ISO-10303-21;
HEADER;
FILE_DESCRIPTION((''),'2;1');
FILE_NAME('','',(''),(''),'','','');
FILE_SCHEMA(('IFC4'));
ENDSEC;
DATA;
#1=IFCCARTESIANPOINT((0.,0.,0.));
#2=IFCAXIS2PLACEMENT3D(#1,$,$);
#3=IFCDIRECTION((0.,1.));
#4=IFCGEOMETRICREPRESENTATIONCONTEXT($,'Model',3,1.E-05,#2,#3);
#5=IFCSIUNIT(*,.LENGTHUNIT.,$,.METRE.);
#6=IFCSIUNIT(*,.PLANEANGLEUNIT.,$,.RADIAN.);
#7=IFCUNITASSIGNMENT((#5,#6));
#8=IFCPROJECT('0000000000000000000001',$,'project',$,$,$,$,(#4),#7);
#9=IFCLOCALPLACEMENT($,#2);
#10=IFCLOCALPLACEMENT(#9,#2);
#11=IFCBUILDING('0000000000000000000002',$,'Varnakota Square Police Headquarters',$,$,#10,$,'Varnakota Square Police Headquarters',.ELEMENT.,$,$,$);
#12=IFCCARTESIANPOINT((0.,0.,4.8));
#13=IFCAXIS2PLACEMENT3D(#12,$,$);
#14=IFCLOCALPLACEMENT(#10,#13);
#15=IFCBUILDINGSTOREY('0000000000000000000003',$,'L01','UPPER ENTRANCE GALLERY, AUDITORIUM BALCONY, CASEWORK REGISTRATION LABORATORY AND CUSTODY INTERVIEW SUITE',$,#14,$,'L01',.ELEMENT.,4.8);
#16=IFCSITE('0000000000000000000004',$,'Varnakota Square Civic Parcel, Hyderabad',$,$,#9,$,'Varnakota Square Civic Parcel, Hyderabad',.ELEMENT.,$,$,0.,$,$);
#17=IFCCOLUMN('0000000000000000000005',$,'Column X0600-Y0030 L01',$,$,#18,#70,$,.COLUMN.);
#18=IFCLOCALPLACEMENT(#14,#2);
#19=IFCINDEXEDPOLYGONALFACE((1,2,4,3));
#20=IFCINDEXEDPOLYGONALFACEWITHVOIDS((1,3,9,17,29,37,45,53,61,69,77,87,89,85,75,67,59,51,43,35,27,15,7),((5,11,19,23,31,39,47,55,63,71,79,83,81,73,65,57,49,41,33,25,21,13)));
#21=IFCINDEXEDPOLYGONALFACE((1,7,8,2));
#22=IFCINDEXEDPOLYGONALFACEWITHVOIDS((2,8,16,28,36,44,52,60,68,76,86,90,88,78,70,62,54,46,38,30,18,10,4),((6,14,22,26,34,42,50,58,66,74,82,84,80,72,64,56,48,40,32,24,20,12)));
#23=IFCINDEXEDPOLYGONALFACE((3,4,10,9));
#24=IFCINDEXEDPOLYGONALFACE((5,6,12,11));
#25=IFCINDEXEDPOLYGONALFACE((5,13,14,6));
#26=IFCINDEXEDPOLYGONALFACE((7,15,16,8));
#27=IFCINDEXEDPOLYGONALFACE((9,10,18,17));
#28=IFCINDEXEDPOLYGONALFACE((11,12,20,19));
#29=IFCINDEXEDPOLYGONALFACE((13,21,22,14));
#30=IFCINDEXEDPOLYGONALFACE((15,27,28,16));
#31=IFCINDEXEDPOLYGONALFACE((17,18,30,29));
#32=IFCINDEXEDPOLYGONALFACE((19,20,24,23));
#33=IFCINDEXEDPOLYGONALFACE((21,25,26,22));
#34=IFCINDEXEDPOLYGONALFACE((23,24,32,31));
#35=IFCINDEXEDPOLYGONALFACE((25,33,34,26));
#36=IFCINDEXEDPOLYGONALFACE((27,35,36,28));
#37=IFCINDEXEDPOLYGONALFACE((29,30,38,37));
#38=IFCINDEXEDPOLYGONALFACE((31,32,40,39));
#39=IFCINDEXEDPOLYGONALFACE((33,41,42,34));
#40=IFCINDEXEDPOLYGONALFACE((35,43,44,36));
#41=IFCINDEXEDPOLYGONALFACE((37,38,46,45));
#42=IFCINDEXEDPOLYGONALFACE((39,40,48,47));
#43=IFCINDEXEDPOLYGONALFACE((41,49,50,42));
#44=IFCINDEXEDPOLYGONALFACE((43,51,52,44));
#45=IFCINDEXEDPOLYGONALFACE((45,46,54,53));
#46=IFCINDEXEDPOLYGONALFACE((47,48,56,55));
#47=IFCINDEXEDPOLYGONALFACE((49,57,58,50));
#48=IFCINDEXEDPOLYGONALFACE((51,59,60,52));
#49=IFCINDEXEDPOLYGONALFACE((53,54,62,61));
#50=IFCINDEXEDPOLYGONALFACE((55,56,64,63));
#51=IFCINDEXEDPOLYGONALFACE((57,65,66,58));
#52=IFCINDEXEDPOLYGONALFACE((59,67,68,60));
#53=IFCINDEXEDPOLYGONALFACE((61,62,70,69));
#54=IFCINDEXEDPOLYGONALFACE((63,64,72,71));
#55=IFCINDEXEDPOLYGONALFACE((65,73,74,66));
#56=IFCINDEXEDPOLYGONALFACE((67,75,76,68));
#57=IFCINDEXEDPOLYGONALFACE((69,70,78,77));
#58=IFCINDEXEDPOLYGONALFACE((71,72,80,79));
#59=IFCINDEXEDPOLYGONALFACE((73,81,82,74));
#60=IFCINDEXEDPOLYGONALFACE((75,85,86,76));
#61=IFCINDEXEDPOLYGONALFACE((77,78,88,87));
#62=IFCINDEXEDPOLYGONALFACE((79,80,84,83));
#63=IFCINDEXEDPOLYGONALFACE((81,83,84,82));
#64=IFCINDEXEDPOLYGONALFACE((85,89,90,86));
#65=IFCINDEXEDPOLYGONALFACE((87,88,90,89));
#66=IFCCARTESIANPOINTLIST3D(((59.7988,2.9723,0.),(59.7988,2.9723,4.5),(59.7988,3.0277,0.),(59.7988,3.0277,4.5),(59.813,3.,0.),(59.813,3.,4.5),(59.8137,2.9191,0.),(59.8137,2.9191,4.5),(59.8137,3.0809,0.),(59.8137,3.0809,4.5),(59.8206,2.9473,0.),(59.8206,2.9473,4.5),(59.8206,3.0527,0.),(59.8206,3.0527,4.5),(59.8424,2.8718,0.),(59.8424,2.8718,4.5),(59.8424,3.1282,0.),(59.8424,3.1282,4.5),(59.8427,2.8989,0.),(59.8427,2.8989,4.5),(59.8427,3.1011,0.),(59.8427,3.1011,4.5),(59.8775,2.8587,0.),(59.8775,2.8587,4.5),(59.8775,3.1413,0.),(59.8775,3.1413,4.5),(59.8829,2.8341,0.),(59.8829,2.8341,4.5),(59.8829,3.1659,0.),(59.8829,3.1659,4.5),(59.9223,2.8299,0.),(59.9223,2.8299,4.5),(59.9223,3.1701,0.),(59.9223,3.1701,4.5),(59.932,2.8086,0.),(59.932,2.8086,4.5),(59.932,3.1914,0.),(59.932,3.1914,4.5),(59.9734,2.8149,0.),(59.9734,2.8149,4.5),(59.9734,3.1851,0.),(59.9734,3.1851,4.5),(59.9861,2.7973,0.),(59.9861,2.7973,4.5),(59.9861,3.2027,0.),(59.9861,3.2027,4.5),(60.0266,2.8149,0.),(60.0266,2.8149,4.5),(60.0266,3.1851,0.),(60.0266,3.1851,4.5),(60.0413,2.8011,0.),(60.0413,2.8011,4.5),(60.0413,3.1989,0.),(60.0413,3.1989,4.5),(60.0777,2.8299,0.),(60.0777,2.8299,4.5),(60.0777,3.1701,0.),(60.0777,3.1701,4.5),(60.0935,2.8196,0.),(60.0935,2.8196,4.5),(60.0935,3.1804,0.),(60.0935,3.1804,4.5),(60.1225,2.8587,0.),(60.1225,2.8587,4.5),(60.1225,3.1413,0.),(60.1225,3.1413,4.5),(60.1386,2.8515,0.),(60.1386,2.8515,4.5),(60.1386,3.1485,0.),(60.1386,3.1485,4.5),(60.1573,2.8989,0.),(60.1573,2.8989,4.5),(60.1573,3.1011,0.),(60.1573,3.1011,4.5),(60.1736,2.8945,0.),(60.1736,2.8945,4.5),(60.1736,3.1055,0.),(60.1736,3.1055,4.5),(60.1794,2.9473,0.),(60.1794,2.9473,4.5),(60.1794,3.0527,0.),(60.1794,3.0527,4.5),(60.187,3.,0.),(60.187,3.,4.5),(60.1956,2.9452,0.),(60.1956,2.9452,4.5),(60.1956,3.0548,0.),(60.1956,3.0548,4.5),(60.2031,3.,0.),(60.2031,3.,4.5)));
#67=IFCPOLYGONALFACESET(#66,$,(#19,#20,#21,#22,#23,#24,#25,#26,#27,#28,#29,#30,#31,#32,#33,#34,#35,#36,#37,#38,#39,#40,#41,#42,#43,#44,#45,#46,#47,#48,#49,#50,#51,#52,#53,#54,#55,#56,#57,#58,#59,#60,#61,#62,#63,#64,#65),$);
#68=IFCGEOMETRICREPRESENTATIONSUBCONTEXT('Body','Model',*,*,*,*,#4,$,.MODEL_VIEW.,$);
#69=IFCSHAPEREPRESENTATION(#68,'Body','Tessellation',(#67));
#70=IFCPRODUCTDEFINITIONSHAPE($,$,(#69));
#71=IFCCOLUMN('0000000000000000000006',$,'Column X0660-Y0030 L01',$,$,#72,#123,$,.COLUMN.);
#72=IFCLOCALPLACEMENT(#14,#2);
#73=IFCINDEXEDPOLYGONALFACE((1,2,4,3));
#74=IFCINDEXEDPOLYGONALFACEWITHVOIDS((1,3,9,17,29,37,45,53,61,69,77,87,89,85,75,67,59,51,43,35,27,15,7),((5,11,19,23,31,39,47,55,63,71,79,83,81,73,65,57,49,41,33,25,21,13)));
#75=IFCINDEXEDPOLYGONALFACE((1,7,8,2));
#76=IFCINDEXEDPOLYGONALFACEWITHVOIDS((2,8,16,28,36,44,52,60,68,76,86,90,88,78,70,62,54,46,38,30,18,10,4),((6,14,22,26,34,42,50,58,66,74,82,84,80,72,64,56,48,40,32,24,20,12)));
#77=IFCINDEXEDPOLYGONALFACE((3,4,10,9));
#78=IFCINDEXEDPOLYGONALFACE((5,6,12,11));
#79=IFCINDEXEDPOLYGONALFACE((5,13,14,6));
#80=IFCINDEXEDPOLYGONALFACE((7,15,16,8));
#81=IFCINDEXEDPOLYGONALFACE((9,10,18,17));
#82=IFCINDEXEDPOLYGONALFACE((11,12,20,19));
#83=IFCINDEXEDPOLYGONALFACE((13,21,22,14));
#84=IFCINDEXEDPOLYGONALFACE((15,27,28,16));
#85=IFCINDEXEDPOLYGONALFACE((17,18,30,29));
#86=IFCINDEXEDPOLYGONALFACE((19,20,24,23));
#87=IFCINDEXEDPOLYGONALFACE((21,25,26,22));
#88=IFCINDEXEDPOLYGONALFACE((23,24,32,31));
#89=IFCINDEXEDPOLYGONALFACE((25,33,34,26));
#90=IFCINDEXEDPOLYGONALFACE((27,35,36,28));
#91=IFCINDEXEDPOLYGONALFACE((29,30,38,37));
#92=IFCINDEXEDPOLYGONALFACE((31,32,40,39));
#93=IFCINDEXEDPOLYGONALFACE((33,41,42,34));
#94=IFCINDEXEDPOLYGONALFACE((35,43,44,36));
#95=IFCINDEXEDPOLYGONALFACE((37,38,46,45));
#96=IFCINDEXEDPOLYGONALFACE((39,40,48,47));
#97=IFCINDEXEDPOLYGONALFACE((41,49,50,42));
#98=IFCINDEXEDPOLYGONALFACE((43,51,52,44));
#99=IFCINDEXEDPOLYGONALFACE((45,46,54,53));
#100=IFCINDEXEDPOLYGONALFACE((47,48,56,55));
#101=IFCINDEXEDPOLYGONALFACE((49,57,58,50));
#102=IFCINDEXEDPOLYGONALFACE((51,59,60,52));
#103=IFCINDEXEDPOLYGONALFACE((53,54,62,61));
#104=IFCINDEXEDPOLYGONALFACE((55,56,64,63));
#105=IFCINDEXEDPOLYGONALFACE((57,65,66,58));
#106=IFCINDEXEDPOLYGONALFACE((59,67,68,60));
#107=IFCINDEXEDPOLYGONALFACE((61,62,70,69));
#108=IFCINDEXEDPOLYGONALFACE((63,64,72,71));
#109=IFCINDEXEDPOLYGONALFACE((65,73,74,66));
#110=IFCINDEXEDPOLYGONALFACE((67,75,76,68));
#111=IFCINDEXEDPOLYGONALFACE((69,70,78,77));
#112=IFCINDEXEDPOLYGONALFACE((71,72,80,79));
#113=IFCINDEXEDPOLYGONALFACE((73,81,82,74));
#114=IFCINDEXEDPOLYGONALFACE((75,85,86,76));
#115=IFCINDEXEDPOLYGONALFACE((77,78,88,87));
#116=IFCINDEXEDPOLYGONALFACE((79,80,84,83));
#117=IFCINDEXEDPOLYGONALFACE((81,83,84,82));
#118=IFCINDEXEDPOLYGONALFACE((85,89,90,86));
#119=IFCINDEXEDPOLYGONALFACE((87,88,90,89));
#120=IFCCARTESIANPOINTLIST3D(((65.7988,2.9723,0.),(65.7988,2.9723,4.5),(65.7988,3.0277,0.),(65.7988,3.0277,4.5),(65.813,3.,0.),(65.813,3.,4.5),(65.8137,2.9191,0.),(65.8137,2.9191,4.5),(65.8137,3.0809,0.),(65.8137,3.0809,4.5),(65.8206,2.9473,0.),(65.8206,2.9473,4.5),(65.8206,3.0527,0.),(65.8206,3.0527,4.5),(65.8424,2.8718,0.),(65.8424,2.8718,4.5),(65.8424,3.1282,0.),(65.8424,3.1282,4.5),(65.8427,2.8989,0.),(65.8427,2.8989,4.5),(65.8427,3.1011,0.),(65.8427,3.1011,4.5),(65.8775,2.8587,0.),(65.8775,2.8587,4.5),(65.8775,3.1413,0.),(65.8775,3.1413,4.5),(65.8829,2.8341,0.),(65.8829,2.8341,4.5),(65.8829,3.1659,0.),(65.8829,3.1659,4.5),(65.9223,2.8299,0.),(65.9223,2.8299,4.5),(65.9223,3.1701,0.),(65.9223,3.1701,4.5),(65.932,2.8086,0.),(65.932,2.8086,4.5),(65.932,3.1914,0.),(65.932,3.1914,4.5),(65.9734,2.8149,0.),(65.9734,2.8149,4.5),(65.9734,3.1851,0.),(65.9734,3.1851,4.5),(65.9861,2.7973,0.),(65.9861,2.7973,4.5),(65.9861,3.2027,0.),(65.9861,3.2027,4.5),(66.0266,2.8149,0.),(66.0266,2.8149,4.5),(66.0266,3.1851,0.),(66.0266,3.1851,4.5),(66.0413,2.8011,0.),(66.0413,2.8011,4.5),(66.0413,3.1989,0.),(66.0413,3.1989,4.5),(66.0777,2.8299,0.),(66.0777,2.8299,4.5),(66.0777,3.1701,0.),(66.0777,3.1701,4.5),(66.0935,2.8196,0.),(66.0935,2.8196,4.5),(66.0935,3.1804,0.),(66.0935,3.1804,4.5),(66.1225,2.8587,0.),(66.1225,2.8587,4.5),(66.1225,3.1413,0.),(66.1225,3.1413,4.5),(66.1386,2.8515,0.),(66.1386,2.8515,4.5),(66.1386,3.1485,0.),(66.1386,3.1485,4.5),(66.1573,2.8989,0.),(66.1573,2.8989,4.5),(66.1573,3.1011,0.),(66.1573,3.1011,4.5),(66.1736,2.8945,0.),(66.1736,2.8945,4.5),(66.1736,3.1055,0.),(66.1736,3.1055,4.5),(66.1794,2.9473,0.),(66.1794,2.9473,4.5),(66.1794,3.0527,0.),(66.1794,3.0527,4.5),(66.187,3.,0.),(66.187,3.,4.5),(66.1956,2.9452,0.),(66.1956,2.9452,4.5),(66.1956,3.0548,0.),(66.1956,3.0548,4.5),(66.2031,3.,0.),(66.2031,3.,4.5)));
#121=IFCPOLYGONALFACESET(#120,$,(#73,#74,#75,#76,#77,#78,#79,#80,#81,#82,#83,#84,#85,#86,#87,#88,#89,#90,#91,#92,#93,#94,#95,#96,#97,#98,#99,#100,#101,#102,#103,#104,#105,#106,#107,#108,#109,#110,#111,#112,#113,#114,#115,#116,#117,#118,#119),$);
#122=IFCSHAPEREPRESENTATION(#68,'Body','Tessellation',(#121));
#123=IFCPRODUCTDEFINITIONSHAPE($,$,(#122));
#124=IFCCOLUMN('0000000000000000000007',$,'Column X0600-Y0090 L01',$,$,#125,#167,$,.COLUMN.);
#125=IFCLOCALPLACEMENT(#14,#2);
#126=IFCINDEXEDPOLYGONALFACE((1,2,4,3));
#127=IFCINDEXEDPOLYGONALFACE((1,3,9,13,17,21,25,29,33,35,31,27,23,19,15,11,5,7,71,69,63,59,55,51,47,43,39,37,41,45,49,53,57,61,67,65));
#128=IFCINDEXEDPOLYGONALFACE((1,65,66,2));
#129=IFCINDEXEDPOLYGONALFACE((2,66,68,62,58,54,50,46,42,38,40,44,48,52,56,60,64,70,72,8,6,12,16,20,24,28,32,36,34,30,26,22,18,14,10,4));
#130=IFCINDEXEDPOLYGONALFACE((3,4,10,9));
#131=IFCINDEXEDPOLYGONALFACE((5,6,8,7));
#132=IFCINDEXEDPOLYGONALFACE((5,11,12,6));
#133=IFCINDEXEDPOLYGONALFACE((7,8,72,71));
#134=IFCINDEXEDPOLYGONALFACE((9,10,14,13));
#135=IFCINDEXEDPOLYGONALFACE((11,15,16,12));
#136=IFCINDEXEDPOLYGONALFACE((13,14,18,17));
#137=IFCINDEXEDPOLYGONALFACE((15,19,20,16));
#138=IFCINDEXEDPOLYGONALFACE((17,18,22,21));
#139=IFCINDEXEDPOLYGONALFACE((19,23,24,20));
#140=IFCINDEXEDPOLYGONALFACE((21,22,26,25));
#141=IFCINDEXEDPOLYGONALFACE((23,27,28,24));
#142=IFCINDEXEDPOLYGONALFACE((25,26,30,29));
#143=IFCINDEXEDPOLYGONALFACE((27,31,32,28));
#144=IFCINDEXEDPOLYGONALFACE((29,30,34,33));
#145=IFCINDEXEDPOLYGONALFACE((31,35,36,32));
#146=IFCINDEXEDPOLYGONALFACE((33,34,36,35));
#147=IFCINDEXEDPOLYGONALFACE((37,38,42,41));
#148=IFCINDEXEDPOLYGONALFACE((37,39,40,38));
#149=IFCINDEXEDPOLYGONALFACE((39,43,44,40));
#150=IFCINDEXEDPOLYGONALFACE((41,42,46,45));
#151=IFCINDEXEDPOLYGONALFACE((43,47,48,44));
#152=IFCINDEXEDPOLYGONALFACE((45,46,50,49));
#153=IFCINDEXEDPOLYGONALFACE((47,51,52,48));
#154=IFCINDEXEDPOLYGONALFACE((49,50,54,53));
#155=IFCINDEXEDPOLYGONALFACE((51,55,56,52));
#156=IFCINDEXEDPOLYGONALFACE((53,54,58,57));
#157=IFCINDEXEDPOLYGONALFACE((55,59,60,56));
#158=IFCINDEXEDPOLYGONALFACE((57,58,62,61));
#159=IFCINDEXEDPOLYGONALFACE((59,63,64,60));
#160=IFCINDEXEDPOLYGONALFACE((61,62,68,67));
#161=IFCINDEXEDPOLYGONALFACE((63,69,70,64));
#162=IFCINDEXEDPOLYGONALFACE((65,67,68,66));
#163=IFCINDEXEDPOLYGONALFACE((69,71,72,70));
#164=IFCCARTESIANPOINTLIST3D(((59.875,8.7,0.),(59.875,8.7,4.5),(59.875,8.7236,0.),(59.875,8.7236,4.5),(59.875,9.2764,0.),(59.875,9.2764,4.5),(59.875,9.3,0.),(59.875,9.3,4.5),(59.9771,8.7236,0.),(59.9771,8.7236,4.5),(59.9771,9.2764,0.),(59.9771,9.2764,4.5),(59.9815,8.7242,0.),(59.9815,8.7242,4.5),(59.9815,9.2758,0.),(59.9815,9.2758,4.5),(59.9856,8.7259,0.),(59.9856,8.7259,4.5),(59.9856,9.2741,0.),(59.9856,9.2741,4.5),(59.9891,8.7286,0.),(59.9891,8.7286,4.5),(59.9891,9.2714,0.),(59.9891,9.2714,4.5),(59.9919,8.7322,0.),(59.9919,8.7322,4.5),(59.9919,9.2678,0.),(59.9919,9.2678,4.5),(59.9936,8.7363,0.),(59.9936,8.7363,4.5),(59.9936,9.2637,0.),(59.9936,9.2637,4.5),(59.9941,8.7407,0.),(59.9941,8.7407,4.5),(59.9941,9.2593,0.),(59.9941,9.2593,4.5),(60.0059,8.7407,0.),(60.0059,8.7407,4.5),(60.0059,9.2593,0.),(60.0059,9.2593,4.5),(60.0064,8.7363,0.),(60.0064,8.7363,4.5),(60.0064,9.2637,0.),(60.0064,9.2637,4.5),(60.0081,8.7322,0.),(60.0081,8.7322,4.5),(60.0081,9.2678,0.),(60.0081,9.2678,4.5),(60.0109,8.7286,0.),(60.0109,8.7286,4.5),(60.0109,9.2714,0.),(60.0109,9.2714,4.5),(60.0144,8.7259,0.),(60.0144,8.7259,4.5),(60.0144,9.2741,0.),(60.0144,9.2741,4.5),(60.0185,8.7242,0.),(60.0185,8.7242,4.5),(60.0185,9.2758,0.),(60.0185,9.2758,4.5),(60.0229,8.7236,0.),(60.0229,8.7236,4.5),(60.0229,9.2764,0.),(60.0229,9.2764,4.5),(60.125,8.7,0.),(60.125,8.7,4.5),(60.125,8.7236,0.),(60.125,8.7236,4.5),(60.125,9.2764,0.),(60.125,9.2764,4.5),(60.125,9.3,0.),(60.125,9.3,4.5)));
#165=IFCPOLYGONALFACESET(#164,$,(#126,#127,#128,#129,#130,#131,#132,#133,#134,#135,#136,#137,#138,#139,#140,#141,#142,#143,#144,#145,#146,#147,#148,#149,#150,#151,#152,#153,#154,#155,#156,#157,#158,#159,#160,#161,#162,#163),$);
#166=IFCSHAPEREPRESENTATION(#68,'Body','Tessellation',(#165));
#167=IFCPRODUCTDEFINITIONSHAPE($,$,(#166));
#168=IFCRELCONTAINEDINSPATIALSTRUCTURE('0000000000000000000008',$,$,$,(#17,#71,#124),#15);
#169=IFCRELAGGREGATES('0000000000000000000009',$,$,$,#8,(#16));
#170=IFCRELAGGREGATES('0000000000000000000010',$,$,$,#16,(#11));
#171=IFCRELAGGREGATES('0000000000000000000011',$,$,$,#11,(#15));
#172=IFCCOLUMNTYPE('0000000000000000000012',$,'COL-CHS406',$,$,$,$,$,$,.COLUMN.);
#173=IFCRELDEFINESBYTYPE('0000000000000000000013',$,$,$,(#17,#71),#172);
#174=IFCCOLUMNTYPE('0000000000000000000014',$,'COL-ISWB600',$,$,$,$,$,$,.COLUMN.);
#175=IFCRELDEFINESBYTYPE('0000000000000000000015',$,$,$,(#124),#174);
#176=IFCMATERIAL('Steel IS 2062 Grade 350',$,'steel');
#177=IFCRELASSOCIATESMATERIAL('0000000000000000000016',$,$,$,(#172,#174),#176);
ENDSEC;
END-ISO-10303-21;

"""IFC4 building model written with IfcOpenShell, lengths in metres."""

from ifc_helpers import new_model, si_unit, direction, frame, origin, origin_2d, place, context, subcontext, project, spatial, hollow_circle, i_section, extrude, material, material_profile, profile_set, type_object, element, save


model = new_model("IFC4")

# Units and contexts
model_context = context("Model", 3, precision=1e-05, world=origin(), true_north=direction((0.0, 1.0)))
body_context = subcontext(model_context, "Body", "Model", "MODEL_VIEW")
ifc_project = project(units=[si_unit("LENGTHUNIT", "METRE"), si_unit("PLANEANGLEUNIT", "RADIAN")], contexts=[model_context])

# Site, building, storey
site_placement = place(None, origin())
site = spatial("IfcSite", under=ifc_project, at=site_placement, Name="Varnakota Square Civic Parcel, Hyderabad", LongName="Varnakota Square Civic Parcel, Hyderabad", CompositionType="ELEMENT", RefElevation=0.0)
building_placement = place(site_placement, origin())
building = spatial("IfcBuilding", under=site, at=building_placement, Name="Varnakota Square Police Headquarters", LongName="Varnakota Square Police Headquarters", CompositionType="ELEMENT")
storey_placement = place(building_placement, frame((0.0, 0.0, 4.8)))
storey = spatial("IfcBuildingStorey", under=building, at=storey_placement, Name="L01", Description="UPPER ENTRANCE GALLERY, AUDITORIUM BALCONY, CASEWORK REGISTRATION LABORATORY AND CUSTODY INTERVIEW SUITE", LongName="L01", CompositionType="ELEMENT", Elevation=4.8)

# Columns
ifc_material_1 = material(Name="Steel IS 2062 Grade 350", Category="steel")
ifc_material_profile_1 = material_profile(ifc_material_1, hollow_circle(Radius=0.2031, WallThickness=0.0161, at=origin_2d()), Name="CHS 406.4x16.0")
ifc_profile_set_1 = profile_set([ifc_material_profile_1], Name="Steel IS 2062 Grade 350")
column_type_1 = type_object("IfcColumnType", Name="COL-CHS406", PredefinedType="COLUMN", material=ifc_profile_set_1)
for number, where, z_axis, x_axis, name in (
    (1, (60.0, 3.0, 0.0), (0.0, 0.0, 1.0), (1.0, 0.0, 0.0), "Column X0600-Y0030 L01"),
    (2, (66.0, 3.0, 0.0), (0.0, 0.0, 1.0), (1.0, 0.0, 0.0), "Column X0660-Y0030 L01"),
):
    element("IfcColumn", number, at=place(storey_placement, frame(where, z_axis=z_axis, x_axis=x_axis)), inside=storey, type_object=column_type_1, Name=name, PredefinedType="COLUMN", context=body_context, shape_type="SweptSolid", body=[
        extrude(hollow_circle(Radius=0.2031, WallThickness=0.0161, at=origin_2d()), origin(), (0.0, 0.0, 1.0), 4.5),
    ])
ifc_material_profile_2 = material_profile(ifc_material_1, i_section(OverallWidth=0.25, OverallDepth=0.6001, WebThickness=0.0117, FlangeThickness=0.0237, FilletRadius=0.0171, at=origin_2d()), Name="ISWB 600")
ifc_profile_set_2 = profile_set([ifc_material_profile_2], Name="Steel IS 2062 Grade 350")
column_type_2 = type_object("IfcColumnType", Name="COL-ISWB600", PredefinedType="COLUMN", material=ifc_profile_set_2)
column_placement = place(storey_placement, frame((60.0, 9.0, 0.0), z_axis=(0.0, 0.0, 1.0), x_axis=(1.0, 0.0, 0.0)))
element("IfcColumn", 3, at=column_placement, inside=storey, type_object=column_type_2, Name="Column X0600-Y0090 L01", PredefinedType="COLUMN", context=body_context, shape_type="SweptSolid", body=[
    extrude(i_section(OverallWidth=0.25, OverallDepth=0.6001, WebThickness=0.0117, FlangeThickness=0.0237, FilletRadius=0.0171, at=origin_2d()), origin(), (0.0, 0.0, 1.0), 4.5),
])

save(model, "model.ifc")
